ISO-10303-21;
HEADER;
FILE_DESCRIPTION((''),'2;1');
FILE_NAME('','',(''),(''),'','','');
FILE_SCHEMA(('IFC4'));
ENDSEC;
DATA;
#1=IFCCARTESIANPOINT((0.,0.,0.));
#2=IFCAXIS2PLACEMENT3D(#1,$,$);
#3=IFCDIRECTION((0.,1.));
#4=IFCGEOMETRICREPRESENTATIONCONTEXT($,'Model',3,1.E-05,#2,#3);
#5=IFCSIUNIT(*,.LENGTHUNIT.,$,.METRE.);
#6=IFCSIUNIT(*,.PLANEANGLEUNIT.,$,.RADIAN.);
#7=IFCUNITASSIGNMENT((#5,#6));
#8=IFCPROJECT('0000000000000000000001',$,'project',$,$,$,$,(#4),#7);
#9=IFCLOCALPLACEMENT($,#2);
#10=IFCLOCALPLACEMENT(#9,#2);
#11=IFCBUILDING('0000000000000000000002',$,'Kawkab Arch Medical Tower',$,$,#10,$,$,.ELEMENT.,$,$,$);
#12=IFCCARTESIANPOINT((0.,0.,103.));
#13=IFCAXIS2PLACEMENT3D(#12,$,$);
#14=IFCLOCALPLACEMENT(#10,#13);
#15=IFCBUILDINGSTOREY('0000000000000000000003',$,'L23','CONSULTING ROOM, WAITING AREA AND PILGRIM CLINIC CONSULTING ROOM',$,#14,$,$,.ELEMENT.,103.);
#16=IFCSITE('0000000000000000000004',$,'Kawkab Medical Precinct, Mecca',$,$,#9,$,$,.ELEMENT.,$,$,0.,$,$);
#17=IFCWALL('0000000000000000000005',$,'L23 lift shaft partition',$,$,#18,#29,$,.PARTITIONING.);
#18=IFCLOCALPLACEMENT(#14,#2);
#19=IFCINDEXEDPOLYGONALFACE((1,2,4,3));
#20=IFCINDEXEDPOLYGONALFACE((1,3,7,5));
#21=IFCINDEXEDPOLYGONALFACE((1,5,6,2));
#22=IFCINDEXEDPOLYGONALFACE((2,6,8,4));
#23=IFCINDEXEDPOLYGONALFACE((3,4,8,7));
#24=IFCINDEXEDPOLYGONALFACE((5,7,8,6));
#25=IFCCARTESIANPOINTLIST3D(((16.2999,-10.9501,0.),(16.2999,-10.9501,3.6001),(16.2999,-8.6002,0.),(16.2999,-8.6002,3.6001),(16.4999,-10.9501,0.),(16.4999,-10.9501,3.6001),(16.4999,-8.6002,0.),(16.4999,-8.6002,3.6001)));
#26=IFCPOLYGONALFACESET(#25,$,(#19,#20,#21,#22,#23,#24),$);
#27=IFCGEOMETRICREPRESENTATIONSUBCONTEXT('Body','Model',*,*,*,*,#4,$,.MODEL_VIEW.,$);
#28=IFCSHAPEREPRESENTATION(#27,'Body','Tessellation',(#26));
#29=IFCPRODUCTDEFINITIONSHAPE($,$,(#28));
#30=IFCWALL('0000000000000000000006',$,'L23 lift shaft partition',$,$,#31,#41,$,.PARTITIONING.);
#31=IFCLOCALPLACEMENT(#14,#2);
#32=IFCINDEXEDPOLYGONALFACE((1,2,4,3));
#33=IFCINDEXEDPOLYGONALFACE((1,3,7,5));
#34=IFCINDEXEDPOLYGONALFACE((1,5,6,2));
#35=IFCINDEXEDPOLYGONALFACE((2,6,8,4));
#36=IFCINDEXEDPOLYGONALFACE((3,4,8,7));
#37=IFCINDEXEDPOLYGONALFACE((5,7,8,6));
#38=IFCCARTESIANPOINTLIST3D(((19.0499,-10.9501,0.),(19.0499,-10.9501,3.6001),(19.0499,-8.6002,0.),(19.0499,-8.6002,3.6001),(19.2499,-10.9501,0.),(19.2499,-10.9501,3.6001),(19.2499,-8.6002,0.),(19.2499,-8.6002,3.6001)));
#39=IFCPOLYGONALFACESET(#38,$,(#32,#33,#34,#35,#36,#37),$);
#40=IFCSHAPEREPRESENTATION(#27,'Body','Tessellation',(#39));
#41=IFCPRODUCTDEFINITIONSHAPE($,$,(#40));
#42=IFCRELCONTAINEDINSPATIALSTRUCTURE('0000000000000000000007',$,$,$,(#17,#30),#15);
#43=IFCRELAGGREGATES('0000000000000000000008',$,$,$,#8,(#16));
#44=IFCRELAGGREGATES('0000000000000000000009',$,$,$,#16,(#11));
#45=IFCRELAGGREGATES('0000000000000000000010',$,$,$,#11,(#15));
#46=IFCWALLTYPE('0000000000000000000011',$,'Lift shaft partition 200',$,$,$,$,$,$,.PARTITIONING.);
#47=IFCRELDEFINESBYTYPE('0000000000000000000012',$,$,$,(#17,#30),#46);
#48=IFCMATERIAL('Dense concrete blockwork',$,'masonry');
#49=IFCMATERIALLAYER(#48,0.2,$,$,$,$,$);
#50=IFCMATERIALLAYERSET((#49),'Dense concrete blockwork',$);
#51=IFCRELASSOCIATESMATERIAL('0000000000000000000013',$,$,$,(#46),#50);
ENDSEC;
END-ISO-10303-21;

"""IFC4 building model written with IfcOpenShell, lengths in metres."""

from ifc_helpers import new_model, si_unit, direction, frame, frame_2d, origin, place, context, subcontext, project, spatial, rectangle, extrude, material, layer, layer_set, type_object, element, save


model = new_model("IFC4")

# Units and contexts
model_context = context("Model", 3, precision=1e-05, world=origin(), true_north=direction((0.0, 1.0)))
body_context = subcontext(model_context, "Body", "Model", "MODEL_VIEW")
ifc_project = project(units=[si_unit("LENGTHUNIT", "METRE"), si_unit("PLANEANGLEUNIT", "RADIAN")], contexts=[model_context])

# Site, building, storey
site_placement = place(None, origin())
site = spatial("IfcSite", under=ifc_project, at=site_placement, Name="Kawkab Medical Precinct, Mecca", CompositionType="ELEMENT", RefElevation=0.0)
building_placement = place(site_placement, origin())
building = spatial("IfcBuilding", under=site, at=building_placement, Name="Kawkab Arch Medical Tower", CompositionType="ELEMENT")
storey_placement = place(building_placement, frame((0.0, 0.0, 103.0)))
storey = spatial("IfcBuildingStorey", under=building, at=storey_placement, Name="L23", Description="CONSULTING ROOM, WAITING AREA AND PILGRIM CLINIC CONSULTING ROOM", CompositionType="ELEMENT", Elevation=103.0)

# Walls
ifc_material_1 = material(Name="Dense concrete blockwork", Category="masonry")
ifc_layer_1 = layer(ifc_material_1, 0.2)
ifc_layer_set_1 = layer_set([ifc_layer_1], Name="Dense concrete blockwork")
wall_type_1 = type_object("IfcWallType", Name="Lift shaft partition 200", PredefinedType="PARTITIONING", material=ifc_layer_set_1)
for number, where, z_axis, x_axis, name in (
    (1, (16.3999, -10.95, 0.0), (0.0, 0.0, 1.0), (0.0, 1.0, 0.0), "L23 lift shaft partition"),
    (2, (19.1499, -10.95, 0.0), (0.0, 0.0, 1.0), (0.0, 1.0, 0.0), "L23 lift shaft partition"),
):
    element("IfcWall", number, at=place(storey_placement, frame(where, z_axis=z_axis, x_axis=x_axis)), inside=storey, type_object=wall_type_1, Name=name, PredefinedType="PARTITIONING", context=body_context, shape_type="SweptSolid", body=[
        extrude(rectangle(XDim=2.3499, YDim=0.2, at=frame_2d((1.1748, 0.0))), origin(), (0.0, 0.0, 1.0), 3.6001),
    ])

save(model, "model.ifc")
